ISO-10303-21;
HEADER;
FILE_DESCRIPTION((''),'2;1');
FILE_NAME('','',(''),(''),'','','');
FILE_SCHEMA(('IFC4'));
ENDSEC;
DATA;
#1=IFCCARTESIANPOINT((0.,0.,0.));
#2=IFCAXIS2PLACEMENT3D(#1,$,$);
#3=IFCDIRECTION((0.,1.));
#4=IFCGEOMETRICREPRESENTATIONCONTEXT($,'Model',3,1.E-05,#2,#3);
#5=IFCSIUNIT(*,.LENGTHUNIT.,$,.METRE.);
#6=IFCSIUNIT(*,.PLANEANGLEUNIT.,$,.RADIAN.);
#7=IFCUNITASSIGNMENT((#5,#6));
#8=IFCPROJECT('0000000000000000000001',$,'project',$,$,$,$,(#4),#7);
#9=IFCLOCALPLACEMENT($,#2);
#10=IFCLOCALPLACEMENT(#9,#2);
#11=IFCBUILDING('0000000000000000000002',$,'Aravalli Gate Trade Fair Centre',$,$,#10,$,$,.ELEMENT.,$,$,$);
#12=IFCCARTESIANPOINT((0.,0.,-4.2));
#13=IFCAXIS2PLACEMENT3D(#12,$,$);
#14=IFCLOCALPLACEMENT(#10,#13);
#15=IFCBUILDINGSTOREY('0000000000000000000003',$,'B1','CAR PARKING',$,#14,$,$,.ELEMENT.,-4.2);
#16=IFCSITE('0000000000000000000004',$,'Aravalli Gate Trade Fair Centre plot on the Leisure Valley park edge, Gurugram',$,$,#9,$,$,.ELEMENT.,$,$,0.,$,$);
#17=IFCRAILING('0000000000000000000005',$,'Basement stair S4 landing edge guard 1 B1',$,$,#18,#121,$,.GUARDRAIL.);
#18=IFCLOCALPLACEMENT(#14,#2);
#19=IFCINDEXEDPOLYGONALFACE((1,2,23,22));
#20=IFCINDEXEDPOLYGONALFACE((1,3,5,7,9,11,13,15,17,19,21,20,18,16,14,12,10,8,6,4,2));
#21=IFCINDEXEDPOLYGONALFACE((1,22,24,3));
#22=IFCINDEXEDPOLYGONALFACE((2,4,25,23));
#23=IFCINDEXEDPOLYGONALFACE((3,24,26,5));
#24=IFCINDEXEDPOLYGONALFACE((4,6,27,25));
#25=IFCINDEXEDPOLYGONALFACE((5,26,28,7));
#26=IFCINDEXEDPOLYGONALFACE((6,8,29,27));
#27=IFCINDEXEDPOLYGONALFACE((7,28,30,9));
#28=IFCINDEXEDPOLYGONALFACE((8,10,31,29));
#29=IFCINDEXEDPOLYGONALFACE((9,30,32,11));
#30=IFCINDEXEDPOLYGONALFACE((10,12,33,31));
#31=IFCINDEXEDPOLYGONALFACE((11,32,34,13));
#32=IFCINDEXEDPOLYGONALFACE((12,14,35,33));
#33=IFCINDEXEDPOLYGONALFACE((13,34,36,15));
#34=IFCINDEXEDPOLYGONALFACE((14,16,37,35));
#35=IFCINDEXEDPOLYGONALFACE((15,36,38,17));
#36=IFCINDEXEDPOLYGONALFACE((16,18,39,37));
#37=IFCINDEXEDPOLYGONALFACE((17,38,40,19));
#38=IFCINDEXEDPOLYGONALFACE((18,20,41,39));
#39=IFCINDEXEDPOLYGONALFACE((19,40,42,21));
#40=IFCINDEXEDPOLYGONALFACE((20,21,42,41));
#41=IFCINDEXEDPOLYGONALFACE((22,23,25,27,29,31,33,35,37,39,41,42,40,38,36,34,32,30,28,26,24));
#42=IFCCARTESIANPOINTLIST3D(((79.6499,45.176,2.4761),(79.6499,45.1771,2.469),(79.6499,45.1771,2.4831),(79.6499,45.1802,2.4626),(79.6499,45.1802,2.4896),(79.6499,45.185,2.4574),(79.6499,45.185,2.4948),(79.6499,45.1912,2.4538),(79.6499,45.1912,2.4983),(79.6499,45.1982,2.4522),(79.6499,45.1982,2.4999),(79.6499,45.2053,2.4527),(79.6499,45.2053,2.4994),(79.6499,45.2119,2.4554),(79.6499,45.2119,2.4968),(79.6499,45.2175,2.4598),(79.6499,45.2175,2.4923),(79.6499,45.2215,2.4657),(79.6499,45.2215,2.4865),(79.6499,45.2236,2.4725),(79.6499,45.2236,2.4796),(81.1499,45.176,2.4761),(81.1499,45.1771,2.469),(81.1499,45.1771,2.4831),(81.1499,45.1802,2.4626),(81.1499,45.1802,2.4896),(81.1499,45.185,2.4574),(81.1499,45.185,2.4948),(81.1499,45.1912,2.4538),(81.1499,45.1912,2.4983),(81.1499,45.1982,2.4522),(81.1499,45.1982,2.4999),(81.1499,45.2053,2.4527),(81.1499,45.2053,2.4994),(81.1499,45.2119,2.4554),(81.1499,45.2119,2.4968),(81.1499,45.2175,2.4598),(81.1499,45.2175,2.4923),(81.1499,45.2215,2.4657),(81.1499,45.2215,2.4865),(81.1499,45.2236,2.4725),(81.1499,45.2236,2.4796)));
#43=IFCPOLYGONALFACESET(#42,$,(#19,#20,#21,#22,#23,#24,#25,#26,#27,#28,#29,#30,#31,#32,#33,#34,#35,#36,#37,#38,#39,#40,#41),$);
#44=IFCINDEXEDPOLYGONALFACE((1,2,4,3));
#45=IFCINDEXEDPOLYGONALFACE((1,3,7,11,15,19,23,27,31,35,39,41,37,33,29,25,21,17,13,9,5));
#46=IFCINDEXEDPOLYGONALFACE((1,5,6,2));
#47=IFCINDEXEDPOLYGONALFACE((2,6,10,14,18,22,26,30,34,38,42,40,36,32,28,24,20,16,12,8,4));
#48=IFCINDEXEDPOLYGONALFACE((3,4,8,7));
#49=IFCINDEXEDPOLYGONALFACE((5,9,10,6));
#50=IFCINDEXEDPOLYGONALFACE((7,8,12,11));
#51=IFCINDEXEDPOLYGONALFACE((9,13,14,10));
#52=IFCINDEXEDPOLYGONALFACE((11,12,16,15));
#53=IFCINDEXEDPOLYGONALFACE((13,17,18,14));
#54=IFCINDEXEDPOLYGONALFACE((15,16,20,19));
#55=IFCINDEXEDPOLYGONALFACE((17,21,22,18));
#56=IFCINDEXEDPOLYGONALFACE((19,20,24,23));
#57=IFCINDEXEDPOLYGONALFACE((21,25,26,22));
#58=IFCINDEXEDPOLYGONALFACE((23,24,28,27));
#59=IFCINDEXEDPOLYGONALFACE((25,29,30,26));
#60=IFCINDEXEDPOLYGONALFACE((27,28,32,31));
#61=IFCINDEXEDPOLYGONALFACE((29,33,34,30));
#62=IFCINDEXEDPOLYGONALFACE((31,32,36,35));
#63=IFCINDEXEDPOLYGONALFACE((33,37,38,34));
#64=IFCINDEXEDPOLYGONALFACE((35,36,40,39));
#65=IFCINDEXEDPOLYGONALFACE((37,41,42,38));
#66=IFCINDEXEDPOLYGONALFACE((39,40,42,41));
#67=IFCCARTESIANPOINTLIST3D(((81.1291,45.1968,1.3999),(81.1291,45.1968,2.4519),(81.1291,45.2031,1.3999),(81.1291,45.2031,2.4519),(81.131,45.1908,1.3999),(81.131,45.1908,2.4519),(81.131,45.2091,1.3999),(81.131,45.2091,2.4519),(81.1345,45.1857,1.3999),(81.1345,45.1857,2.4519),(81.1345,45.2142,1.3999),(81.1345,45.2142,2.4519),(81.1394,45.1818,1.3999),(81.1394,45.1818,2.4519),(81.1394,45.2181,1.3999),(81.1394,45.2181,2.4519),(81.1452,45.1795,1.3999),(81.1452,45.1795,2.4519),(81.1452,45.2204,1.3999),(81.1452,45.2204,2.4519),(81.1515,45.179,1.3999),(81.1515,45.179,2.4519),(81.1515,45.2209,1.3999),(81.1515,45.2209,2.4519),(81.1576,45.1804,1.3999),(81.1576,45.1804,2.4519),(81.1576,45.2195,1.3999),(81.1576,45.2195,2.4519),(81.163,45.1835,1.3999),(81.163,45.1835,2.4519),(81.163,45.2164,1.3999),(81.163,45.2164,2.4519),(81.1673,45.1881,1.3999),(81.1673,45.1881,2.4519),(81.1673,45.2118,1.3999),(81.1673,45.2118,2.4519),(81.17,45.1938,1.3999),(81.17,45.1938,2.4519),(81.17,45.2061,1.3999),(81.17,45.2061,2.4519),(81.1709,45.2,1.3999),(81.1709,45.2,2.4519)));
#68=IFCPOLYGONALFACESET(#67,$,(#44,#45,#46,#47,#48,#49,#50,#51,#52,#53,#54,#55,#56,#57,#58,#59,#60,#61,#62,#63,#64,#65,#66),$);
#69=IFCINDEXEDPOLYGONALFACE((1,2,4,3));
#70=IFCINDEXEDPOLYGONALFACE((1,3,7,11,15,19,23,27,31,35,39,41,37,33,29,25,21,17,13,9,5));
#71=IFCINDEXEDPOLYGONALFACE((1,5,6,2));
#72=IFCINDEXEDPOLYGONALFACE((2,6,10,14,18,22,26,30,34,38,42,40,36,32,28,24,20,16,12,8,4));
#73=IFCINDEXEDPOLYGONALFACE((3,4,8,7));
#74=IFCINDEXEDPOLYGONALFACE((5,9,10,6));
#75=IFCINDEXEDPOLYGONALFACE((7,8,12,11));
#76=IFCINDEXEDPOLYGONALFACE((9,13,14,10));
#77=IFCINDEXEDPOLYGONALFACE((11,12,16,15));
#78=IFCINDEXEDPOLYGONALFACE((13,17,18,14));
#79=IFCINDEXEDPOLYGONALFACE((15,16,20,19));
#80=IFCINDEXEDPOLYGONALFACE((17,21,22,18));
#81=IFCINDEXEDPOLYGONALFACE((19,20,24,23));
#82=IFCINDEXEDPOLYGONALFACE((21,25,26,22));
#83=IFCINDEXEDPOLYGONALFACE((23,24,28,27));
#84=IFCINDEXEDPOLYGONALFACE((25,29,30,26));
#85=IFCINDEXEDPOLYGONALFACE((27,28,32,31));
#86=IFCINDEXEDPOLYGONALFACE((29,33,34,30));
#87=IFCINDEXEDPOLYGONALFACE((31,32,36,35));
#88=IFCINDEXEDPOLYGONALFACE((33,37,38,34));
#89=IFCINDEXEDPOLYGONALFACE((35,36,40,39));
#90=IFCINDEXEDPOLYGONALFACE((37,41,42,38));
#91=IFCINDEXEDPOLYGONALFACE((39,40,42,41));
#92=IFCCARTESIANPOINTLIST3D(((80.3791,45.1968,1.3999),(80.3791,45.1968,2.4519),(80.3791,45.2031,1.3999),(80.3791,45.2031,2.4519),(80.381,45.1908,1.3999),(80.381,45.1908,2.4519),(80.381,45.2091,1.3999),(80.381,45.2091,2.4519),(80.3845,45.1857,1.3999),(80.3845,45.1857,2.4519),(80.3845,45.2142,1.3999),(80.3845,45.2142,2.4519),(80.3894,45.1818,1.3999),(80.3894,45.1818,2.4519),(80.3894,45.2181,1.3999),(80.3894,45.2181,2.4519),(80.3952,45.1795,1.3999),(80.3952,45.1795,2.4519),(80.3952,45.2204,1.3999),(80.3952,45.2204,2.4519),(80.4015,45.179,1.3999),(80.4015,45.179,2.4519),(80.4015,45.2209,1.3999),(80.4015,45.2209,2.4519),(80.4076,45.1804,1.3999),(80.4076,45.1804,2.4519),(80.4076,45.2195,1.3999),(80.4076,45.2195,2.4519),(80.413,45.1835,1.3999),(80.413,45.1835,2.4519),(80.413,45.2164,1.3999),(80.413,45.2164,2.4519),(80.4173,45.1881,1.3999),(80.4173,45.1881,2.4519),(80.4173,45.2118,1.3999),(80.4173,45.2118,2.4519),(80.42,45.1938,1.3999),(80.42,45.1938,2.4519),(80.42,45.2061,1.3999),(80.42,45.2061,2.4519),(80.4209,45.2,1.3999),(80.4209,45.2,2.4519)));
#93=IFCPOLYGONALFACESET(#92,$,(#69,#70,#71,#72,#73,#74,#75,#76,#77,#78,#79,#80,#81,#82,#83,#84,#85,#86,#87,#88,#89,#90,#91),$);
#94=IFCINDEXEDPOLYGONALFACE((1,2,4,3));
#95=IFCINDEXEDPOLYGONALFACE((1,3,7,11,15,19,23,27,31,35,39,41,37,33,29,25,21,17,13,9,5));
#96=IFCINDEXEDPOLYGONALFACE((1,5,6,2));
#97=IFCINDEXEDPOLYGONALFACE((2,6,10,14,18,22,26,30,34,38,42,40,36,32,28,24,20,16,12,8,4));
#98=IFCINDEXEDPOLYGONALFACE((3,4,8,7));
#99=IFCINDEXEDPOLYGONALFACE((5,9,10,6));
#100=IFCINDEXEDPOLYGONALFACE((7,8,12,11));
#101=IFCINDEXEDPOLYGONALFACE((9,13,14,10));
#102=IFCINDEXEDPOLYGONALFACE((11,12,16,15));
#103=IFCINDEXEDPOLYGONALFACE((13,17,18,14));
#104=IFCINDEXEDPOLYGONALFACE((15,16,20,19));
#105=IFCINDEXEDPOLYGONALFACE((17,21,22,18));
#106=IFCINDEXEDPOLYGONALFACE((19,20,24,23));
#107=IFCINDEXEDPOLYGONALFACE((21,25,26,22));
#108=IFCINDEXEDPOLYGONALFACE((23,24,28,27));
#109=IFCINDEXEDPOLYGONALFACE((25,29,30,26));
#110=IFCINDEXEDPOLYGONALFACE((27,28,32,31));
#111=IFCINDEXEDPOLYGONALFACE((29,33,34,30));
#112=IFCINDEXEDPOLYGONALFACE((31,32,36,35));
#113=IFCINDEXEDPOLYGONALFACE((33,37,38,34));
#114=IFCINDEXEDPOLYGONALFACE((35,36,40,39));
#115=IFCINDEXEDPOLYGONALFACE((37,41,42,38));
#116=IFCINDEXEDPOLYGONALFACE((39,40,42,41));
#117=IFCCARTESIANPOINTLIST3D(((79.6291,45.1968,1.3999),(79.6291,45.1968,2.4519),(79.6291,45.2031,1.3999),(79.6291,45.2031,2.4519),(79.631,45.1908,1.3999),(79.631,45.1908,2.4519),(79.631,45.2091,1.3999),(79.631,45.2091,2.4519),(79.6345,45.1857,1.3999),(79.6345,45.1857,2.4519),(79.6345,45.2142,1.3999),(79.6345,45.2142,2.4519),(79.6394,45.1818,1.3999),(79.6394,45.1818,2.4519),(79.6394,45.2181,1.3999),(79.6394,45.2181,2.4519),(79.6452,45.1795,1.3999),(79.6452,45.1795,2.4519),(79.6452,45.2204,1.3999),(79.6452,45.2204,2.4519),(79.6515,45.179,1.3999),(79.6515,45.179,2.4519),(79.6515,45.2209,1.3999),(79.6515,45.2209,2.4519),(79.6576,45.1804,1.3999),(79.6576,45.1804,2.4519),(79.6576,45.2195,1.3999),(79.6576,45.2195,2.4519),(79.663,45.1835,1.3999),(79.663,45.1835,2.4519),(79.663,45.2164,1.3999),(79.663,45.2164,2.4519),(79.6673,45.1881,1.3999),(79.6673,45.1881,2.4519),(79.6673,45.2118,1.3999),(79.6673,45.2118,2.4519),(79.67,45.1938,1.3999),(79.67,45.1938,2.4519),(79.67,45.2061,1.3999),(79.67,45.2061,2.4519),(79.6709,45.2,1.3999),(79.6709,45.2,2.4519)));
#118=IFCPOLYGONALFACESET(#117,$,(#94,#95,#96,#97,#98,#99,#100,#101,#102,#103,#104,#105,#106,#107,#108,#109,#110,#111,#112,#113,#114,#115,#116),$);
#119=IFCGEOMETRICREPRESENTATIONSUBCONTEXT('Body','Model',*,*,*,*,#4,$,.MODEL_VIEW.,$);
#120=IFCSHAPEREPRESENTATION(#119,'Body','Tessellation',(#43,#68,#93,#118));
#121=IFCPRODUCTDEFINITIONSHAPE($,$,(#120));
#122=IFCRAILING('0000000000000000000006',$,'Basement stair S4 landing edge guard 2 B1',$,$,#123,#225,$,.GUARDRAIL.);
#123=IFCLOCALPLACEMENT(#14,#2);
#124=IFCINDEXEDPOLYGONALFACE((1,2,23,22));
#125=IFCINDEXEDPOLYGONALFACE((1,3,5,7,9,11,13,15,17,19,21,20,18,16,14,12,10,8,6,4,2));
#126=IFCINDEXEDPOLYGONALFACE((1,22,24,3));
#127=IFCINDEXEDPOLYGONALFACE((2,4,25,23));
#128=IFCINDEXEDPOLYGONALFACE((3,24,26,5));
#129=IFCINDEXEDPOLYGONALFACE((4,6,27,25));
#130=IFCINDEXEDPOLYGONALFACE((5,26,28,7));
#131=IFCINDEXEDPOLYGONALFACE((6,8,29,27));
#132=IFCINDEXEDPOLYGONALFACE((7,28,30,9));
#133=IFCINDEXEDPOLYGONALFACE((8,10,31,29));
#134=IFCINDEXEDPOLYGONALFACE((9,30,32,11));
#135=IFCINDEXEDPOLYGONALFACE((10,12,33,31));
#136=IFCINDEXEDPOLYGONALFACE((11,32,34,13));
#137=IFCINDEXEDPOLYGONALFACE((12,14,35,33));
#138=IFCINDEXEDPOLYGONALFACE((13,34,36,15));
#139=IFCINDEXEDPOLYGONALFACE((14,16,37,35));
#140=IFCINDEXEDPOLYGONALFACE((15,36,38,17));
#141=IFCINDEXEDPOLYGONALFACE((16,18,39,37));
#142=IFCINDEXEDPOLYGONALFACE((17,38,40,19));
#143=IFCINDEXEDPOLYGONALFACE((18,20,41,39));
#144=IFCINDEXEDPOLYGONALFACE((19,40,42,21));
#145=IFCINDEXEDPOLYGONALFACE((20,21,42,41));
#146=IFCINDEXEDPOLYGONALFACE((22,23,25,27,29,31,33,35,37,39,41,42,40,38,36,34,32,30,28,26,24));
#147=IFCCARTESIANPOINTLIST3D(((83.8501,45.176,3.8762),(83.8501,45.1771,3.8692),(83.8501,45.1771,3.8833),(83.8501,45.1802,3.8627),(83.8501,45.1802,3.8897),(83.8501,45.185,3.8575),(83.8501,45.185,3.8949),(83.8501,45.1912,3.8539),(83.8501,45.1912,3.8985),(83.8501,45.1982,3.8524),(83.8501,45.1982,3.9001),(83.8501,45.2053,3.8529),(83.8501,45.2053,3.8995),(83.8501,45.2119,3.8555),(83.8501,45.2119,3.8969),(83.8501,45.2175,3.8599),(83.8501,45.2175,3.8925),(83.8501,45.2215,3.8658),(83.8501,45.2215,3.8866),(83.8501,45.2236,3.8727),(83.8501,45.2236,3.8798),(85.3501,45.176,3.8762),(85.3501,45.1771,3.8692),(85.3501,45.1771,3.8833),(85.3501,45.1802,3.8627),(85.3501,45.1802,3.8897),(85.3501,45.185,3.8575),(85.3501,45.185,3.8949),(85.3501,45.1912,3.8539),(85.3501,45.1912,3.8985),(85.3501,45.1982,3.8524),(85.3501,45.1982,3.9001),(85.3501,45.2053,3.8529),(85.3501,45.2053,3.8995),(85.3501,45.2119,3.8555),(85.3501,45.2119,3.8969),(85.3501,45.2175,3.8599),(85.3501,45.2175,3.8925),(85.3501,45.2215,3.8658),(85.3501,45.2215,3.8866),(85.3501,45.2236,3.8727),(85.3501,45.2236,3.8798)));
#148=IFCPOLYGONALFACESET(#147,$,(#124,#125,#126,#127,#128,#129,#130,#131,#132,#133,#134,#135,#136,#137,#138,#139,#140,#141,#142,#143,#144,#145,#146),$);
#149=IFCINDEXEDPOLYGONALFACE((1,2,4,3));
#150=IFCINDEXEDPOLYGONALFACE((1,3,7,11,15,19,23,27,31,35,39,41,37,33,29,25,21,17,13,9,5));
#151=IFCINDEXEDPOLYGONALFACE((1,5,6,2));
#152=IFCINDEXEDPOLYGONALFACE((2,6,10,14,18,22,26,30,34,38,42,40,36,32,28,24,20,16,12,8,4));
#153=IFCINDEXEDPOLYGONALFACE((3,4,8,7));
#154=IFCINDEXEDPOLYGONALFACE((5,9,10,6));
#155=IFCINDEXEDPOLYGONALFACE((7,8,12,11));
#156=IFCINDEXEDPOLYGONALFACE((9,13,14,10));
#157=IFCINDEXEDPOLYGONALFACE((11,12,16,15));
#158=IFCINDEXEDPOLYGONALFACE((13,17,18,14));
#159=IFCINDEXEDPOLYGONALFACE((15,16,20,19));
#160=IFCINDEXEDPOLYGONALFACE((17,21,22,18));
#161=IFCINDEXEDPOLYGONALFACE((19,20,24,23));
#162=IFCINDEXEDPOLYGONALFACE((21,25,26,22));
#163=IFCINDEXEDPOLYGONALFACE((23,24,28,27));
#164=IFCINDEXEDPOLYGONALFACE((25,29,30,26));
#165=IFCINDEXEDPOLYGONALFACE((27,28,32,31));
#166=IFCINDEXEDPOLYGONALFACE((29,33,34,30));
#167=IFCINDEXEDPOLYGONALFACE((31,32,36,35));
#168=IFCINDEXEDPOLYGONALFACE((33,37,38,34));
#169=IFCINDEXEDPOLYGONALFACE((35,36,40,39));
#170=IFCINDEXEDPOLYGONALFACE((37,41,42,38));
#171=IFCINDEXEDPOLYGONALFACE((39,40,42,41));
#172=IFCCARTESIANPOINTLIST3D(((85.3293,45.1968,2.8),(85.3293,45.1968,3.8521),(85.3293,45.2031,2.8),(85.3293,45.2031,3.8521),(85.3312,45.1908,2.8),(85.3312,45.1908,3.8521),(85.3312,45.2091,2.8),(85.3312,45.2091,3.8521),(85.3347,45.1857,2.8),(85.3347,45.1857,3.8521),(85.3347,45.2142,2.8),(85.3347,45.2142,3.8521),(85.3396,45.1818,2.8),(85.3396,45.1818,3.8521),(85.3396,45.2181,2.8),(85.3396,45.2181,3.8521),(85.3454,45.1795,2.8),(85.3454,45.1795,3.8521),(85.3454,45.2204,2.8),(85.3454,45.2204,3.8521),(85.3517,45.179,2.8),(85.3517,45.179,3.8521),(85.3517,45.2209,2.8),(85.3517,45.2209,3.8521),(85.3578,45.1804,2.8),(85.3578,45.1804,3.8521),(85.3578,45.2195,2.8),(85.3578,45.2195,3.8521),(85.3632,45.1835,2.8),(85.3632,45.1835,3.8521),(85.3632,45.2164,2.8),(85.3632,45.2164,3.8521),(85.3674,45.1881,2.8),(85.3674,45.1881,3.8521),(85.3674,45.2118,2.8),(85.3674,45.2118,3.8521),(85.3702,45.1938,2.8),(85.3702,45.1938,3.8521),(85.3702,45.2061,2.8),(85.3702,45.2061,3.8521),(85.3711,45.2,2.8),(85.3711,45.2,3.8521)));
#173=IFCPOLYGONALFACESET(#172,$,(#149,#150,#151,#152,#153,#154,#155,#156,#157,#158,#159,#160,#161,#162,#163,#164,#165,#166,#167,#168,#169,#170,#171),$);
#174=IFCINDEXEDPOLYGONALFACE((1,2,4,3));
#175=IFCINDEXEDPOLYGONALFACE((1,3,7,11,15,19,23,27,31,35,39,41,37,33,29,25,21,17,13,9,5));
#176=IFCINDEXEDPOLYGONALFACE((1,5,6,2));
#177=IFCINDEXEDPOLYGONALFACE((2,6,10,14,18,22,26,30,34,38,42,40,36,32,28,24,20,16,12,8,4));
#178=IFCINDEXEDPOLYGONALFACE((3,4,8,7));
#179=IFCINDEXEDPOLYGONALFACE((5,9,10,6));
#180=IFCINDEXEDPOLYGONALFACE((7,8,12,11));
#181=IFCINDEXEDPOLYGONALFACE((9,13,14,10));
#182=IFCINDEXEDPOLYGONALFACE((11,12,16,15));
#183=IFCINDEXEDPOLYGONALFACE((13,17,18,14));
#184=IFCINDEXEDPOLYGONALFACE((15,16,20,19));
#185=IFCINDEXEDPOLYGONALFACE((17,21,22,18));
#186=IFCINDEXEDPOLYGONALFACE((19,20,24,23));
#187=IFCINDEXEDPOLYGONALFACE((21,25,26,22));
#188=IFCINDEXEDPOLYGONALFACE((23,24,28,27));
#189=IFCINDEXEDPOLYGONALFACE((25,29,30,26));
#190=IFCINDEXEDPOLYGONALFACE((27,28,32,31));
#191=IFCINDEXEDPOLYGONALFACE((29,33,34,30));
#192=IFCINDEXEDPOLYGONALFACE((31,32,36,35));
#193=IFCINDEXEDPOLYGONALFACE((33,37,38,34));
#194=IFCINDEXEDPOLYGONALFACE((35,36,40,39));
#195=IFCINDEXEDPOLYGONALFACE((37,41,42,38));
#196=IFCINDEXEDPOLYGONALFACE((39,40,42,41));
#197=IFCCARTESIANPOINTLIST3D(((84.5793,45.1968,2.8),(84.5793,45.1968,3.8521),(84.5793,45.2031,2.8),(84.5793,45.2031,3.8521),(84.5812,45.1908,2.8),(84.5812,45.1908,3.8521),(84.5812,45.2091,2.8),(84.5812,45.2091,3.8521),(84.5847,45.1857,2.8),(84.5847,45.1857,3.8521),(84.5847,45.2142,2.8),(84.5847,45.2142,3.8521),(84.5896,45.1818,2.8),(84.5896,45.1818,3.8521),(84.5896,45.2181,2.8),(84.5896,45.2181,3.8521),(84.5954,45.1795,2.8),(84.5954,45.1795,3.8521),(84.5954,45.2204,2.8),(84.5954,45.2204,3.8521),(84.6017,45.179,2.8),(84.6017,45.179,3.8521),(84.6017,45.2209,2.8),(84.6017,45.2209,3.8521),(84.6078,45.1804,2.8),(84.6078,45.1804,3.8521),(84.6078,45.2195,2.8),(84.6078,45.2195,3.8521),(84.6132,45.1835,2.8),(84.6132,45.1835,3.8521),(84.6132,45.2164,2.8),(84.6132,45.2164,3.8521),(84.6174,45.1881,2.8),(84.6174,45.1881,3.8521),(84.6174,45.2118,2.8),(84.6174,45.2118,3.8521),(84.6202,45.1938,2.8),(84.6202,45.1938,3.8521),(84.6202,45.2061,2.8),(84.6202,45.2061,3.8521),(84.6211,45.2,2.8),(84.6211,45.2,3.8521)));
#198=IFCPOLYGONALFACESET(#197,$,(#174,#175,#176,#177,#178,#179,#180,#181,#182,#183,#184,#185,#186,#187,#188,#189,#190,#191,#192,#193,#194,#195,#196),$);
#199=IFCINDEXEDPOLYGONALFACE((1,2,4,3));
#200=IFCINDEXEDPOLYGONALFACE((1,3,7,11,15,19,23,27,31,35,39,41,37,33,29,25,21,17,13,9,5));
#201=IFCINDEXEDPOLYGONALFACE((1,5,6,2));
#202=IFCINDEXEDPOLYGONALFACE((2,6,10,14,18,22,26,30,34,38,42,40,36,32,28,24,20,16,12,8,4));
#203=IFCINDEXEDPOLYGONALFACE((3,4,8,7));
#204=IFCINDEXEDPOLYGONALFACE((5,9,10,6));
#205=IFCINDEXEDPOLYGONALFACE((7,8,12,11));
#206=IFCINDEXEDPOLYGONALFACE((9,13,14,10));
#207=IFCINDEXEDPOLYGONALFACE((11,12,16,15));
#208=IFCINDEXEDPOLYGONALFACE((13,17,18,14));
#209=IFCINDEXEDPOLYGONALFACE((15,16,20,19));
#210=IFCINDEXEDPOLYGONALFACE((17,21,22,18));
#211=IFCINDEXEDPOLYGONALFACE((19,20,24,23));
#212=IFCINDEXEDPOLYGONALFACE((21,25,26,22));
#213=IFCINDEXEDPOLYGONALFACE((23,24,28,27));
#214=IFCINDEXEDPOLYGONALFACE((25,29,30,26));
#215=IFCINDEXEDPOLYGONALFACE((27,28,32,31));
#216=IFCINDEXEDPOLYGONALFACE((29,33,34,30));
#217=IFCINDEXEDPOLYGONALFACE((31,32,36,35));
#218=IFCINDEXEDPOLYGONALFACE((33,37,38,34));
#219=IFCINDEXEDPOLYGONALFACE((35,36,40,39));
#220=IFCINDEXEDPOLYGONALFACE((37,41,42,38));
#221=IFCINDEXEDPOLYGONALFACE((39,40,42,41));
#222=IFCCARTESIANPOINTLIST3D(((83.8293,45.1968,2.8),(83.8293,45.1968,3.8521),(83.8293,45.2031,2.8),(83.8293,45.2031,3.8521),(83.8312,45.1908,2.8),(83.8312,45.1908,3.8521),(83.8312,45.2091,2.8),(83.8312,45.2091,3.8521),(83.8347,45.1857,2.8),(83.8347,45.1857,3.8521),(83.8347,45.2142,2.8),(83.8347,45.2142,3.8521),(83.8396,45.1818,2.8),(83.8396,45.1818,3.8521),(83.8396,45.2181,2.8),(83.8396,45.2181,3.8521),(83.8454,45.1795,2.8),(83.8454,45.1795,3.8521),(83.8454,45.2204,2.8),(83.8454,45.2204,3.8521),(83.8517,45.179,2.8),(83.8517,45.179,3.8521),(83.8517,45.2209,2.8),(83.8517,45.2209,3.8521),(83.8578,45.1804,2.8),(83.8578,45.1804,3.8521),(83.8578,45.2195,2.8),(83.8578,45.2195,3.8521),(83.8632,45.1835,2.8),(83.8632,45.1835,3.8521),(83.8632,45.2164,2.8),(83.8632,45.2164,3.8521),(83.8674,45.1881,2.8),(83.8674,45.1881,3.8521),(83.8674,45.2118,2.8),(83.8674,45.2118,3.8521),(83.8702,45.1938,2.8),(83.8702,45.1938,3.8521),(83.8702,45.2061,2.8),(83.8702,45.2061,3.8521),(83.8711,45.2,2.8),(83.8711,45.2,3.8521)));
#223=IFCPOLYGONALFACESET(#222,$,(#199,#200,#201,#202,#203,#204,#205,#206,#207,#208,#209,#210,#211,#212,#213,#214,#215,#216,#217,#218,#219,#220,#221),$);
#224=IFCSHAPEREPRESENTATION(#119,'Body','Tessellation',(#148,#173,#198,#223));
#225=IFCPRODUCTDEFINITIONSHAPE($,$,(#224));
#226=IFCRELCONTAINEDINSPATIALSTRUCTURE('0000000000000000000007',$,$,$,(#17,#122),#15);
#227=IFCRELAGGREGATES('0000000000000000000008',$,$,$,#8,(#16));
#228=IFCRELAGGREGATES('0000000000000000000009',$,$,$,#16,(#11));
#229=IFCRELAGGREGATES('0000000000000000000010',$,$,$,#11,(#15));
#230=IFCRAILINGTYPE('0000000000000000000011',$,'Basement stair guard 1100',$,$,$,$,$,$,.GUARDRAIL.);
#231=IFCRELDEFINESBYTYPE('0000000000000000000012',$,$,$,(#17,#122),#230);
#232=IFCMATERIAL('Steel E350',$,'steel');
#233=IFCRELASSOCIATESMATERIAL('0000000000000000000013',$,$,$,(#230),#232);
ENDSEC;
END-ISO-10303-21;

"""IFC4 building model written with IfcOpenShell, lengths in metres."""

from ifc_helpers import new_model, si_unit, direction, frame, origin, origin_2d, place, context, subcontext, project, spatial, circle, extrude, material, type_object, element, save


model = new_model("IFC4")

# Units and contexts
model_context = context("Model", 3, precision=1e-05, world=origin(), true_north=direction((0.0, 1.0)))
body_context = subcontext(model_context, "Body", "Model", "MODEL_VIEW")
ifc_project = project(units=[si_unit("LENGTHUNIT", "METRE"), si_unit("PLANEANGLEUNIT", "RADIAN")], contexts=[model_context])

# Site, building, storey
site_placement = place(None, origin())
site = spatial("IfcSite", under=ifc_project, at=site_placement, Name="Aravalli Gate Trade Fair Centre plot on the Leisure Valley park edge, Gurugram", CompositionType="ELEMENT", RefElevation=0.0)
building_placement = place(site_placement, origin())
building = spatial("IfcBuilding", under=site, at=building_placement, Name="Aravalli Gate Trade Fair Centre", CompositionType="ELEMENT")
storey_placement = place(building_placement, frame((0.0, 0.0, -4.2)))
storey = spatial("IfcBuildingStorey", under=building, at=storey_placement, Name="B1", Description="CAR PARKING", CompositionType="ELEMENT", Elevation=-4.2)

# Railings
ifc_material_1 = material(Name="Steel E350", Category="steel")
railing_type_1 = type_object("IfcRailingType", Name="Basement stair guard 1100", PredefinedType="GUARDRAIL", material=ifc_material_1)
for number, where, name in (
    (1, (81.1499, 45.2, 1.3999), "Basement stair S4 landing edge guard 1 B1"),
    (2, (85.3501, 45.2, 2.8), "Basement stair S4 landing edge guard 2 B1"),
):
    element("IfcRailing", number, at=place(storey_placement, frame(where)), inside=storey, type_object=railing_type_1, Name=name, PredefinedType="GUARDRAIL", context=body_context, shape_type="SweptSolid", body=[
        extrude(circle(Radius=0.0239, at=origin_2d()), frame((0.0, 0.0, 1.0762), z_axis=(-1.0, 0.0, 0.0), x_axis=(0.0, -1.0, 0.0)), (0.0, 0.0, 1.0), 1.5),
        extrude(circle(Radius=0.021, at=origin_2d()), origin(), (0.0, 0.0, 1.0), 1.052),
        extrude(circle(Radius=0.021, at=origin_2d()), frame((-0.75, 0.0, 0.0)), (0.0, 0.0, 1.0), 1.052),
        extrude(circle(Radius=0.021, at=origin_2d()), frame((-1.5, 0.0, 0.0)), (0.0, 0.0, 1.0), 1.052),
    ])

save(model, "model.ifc")
